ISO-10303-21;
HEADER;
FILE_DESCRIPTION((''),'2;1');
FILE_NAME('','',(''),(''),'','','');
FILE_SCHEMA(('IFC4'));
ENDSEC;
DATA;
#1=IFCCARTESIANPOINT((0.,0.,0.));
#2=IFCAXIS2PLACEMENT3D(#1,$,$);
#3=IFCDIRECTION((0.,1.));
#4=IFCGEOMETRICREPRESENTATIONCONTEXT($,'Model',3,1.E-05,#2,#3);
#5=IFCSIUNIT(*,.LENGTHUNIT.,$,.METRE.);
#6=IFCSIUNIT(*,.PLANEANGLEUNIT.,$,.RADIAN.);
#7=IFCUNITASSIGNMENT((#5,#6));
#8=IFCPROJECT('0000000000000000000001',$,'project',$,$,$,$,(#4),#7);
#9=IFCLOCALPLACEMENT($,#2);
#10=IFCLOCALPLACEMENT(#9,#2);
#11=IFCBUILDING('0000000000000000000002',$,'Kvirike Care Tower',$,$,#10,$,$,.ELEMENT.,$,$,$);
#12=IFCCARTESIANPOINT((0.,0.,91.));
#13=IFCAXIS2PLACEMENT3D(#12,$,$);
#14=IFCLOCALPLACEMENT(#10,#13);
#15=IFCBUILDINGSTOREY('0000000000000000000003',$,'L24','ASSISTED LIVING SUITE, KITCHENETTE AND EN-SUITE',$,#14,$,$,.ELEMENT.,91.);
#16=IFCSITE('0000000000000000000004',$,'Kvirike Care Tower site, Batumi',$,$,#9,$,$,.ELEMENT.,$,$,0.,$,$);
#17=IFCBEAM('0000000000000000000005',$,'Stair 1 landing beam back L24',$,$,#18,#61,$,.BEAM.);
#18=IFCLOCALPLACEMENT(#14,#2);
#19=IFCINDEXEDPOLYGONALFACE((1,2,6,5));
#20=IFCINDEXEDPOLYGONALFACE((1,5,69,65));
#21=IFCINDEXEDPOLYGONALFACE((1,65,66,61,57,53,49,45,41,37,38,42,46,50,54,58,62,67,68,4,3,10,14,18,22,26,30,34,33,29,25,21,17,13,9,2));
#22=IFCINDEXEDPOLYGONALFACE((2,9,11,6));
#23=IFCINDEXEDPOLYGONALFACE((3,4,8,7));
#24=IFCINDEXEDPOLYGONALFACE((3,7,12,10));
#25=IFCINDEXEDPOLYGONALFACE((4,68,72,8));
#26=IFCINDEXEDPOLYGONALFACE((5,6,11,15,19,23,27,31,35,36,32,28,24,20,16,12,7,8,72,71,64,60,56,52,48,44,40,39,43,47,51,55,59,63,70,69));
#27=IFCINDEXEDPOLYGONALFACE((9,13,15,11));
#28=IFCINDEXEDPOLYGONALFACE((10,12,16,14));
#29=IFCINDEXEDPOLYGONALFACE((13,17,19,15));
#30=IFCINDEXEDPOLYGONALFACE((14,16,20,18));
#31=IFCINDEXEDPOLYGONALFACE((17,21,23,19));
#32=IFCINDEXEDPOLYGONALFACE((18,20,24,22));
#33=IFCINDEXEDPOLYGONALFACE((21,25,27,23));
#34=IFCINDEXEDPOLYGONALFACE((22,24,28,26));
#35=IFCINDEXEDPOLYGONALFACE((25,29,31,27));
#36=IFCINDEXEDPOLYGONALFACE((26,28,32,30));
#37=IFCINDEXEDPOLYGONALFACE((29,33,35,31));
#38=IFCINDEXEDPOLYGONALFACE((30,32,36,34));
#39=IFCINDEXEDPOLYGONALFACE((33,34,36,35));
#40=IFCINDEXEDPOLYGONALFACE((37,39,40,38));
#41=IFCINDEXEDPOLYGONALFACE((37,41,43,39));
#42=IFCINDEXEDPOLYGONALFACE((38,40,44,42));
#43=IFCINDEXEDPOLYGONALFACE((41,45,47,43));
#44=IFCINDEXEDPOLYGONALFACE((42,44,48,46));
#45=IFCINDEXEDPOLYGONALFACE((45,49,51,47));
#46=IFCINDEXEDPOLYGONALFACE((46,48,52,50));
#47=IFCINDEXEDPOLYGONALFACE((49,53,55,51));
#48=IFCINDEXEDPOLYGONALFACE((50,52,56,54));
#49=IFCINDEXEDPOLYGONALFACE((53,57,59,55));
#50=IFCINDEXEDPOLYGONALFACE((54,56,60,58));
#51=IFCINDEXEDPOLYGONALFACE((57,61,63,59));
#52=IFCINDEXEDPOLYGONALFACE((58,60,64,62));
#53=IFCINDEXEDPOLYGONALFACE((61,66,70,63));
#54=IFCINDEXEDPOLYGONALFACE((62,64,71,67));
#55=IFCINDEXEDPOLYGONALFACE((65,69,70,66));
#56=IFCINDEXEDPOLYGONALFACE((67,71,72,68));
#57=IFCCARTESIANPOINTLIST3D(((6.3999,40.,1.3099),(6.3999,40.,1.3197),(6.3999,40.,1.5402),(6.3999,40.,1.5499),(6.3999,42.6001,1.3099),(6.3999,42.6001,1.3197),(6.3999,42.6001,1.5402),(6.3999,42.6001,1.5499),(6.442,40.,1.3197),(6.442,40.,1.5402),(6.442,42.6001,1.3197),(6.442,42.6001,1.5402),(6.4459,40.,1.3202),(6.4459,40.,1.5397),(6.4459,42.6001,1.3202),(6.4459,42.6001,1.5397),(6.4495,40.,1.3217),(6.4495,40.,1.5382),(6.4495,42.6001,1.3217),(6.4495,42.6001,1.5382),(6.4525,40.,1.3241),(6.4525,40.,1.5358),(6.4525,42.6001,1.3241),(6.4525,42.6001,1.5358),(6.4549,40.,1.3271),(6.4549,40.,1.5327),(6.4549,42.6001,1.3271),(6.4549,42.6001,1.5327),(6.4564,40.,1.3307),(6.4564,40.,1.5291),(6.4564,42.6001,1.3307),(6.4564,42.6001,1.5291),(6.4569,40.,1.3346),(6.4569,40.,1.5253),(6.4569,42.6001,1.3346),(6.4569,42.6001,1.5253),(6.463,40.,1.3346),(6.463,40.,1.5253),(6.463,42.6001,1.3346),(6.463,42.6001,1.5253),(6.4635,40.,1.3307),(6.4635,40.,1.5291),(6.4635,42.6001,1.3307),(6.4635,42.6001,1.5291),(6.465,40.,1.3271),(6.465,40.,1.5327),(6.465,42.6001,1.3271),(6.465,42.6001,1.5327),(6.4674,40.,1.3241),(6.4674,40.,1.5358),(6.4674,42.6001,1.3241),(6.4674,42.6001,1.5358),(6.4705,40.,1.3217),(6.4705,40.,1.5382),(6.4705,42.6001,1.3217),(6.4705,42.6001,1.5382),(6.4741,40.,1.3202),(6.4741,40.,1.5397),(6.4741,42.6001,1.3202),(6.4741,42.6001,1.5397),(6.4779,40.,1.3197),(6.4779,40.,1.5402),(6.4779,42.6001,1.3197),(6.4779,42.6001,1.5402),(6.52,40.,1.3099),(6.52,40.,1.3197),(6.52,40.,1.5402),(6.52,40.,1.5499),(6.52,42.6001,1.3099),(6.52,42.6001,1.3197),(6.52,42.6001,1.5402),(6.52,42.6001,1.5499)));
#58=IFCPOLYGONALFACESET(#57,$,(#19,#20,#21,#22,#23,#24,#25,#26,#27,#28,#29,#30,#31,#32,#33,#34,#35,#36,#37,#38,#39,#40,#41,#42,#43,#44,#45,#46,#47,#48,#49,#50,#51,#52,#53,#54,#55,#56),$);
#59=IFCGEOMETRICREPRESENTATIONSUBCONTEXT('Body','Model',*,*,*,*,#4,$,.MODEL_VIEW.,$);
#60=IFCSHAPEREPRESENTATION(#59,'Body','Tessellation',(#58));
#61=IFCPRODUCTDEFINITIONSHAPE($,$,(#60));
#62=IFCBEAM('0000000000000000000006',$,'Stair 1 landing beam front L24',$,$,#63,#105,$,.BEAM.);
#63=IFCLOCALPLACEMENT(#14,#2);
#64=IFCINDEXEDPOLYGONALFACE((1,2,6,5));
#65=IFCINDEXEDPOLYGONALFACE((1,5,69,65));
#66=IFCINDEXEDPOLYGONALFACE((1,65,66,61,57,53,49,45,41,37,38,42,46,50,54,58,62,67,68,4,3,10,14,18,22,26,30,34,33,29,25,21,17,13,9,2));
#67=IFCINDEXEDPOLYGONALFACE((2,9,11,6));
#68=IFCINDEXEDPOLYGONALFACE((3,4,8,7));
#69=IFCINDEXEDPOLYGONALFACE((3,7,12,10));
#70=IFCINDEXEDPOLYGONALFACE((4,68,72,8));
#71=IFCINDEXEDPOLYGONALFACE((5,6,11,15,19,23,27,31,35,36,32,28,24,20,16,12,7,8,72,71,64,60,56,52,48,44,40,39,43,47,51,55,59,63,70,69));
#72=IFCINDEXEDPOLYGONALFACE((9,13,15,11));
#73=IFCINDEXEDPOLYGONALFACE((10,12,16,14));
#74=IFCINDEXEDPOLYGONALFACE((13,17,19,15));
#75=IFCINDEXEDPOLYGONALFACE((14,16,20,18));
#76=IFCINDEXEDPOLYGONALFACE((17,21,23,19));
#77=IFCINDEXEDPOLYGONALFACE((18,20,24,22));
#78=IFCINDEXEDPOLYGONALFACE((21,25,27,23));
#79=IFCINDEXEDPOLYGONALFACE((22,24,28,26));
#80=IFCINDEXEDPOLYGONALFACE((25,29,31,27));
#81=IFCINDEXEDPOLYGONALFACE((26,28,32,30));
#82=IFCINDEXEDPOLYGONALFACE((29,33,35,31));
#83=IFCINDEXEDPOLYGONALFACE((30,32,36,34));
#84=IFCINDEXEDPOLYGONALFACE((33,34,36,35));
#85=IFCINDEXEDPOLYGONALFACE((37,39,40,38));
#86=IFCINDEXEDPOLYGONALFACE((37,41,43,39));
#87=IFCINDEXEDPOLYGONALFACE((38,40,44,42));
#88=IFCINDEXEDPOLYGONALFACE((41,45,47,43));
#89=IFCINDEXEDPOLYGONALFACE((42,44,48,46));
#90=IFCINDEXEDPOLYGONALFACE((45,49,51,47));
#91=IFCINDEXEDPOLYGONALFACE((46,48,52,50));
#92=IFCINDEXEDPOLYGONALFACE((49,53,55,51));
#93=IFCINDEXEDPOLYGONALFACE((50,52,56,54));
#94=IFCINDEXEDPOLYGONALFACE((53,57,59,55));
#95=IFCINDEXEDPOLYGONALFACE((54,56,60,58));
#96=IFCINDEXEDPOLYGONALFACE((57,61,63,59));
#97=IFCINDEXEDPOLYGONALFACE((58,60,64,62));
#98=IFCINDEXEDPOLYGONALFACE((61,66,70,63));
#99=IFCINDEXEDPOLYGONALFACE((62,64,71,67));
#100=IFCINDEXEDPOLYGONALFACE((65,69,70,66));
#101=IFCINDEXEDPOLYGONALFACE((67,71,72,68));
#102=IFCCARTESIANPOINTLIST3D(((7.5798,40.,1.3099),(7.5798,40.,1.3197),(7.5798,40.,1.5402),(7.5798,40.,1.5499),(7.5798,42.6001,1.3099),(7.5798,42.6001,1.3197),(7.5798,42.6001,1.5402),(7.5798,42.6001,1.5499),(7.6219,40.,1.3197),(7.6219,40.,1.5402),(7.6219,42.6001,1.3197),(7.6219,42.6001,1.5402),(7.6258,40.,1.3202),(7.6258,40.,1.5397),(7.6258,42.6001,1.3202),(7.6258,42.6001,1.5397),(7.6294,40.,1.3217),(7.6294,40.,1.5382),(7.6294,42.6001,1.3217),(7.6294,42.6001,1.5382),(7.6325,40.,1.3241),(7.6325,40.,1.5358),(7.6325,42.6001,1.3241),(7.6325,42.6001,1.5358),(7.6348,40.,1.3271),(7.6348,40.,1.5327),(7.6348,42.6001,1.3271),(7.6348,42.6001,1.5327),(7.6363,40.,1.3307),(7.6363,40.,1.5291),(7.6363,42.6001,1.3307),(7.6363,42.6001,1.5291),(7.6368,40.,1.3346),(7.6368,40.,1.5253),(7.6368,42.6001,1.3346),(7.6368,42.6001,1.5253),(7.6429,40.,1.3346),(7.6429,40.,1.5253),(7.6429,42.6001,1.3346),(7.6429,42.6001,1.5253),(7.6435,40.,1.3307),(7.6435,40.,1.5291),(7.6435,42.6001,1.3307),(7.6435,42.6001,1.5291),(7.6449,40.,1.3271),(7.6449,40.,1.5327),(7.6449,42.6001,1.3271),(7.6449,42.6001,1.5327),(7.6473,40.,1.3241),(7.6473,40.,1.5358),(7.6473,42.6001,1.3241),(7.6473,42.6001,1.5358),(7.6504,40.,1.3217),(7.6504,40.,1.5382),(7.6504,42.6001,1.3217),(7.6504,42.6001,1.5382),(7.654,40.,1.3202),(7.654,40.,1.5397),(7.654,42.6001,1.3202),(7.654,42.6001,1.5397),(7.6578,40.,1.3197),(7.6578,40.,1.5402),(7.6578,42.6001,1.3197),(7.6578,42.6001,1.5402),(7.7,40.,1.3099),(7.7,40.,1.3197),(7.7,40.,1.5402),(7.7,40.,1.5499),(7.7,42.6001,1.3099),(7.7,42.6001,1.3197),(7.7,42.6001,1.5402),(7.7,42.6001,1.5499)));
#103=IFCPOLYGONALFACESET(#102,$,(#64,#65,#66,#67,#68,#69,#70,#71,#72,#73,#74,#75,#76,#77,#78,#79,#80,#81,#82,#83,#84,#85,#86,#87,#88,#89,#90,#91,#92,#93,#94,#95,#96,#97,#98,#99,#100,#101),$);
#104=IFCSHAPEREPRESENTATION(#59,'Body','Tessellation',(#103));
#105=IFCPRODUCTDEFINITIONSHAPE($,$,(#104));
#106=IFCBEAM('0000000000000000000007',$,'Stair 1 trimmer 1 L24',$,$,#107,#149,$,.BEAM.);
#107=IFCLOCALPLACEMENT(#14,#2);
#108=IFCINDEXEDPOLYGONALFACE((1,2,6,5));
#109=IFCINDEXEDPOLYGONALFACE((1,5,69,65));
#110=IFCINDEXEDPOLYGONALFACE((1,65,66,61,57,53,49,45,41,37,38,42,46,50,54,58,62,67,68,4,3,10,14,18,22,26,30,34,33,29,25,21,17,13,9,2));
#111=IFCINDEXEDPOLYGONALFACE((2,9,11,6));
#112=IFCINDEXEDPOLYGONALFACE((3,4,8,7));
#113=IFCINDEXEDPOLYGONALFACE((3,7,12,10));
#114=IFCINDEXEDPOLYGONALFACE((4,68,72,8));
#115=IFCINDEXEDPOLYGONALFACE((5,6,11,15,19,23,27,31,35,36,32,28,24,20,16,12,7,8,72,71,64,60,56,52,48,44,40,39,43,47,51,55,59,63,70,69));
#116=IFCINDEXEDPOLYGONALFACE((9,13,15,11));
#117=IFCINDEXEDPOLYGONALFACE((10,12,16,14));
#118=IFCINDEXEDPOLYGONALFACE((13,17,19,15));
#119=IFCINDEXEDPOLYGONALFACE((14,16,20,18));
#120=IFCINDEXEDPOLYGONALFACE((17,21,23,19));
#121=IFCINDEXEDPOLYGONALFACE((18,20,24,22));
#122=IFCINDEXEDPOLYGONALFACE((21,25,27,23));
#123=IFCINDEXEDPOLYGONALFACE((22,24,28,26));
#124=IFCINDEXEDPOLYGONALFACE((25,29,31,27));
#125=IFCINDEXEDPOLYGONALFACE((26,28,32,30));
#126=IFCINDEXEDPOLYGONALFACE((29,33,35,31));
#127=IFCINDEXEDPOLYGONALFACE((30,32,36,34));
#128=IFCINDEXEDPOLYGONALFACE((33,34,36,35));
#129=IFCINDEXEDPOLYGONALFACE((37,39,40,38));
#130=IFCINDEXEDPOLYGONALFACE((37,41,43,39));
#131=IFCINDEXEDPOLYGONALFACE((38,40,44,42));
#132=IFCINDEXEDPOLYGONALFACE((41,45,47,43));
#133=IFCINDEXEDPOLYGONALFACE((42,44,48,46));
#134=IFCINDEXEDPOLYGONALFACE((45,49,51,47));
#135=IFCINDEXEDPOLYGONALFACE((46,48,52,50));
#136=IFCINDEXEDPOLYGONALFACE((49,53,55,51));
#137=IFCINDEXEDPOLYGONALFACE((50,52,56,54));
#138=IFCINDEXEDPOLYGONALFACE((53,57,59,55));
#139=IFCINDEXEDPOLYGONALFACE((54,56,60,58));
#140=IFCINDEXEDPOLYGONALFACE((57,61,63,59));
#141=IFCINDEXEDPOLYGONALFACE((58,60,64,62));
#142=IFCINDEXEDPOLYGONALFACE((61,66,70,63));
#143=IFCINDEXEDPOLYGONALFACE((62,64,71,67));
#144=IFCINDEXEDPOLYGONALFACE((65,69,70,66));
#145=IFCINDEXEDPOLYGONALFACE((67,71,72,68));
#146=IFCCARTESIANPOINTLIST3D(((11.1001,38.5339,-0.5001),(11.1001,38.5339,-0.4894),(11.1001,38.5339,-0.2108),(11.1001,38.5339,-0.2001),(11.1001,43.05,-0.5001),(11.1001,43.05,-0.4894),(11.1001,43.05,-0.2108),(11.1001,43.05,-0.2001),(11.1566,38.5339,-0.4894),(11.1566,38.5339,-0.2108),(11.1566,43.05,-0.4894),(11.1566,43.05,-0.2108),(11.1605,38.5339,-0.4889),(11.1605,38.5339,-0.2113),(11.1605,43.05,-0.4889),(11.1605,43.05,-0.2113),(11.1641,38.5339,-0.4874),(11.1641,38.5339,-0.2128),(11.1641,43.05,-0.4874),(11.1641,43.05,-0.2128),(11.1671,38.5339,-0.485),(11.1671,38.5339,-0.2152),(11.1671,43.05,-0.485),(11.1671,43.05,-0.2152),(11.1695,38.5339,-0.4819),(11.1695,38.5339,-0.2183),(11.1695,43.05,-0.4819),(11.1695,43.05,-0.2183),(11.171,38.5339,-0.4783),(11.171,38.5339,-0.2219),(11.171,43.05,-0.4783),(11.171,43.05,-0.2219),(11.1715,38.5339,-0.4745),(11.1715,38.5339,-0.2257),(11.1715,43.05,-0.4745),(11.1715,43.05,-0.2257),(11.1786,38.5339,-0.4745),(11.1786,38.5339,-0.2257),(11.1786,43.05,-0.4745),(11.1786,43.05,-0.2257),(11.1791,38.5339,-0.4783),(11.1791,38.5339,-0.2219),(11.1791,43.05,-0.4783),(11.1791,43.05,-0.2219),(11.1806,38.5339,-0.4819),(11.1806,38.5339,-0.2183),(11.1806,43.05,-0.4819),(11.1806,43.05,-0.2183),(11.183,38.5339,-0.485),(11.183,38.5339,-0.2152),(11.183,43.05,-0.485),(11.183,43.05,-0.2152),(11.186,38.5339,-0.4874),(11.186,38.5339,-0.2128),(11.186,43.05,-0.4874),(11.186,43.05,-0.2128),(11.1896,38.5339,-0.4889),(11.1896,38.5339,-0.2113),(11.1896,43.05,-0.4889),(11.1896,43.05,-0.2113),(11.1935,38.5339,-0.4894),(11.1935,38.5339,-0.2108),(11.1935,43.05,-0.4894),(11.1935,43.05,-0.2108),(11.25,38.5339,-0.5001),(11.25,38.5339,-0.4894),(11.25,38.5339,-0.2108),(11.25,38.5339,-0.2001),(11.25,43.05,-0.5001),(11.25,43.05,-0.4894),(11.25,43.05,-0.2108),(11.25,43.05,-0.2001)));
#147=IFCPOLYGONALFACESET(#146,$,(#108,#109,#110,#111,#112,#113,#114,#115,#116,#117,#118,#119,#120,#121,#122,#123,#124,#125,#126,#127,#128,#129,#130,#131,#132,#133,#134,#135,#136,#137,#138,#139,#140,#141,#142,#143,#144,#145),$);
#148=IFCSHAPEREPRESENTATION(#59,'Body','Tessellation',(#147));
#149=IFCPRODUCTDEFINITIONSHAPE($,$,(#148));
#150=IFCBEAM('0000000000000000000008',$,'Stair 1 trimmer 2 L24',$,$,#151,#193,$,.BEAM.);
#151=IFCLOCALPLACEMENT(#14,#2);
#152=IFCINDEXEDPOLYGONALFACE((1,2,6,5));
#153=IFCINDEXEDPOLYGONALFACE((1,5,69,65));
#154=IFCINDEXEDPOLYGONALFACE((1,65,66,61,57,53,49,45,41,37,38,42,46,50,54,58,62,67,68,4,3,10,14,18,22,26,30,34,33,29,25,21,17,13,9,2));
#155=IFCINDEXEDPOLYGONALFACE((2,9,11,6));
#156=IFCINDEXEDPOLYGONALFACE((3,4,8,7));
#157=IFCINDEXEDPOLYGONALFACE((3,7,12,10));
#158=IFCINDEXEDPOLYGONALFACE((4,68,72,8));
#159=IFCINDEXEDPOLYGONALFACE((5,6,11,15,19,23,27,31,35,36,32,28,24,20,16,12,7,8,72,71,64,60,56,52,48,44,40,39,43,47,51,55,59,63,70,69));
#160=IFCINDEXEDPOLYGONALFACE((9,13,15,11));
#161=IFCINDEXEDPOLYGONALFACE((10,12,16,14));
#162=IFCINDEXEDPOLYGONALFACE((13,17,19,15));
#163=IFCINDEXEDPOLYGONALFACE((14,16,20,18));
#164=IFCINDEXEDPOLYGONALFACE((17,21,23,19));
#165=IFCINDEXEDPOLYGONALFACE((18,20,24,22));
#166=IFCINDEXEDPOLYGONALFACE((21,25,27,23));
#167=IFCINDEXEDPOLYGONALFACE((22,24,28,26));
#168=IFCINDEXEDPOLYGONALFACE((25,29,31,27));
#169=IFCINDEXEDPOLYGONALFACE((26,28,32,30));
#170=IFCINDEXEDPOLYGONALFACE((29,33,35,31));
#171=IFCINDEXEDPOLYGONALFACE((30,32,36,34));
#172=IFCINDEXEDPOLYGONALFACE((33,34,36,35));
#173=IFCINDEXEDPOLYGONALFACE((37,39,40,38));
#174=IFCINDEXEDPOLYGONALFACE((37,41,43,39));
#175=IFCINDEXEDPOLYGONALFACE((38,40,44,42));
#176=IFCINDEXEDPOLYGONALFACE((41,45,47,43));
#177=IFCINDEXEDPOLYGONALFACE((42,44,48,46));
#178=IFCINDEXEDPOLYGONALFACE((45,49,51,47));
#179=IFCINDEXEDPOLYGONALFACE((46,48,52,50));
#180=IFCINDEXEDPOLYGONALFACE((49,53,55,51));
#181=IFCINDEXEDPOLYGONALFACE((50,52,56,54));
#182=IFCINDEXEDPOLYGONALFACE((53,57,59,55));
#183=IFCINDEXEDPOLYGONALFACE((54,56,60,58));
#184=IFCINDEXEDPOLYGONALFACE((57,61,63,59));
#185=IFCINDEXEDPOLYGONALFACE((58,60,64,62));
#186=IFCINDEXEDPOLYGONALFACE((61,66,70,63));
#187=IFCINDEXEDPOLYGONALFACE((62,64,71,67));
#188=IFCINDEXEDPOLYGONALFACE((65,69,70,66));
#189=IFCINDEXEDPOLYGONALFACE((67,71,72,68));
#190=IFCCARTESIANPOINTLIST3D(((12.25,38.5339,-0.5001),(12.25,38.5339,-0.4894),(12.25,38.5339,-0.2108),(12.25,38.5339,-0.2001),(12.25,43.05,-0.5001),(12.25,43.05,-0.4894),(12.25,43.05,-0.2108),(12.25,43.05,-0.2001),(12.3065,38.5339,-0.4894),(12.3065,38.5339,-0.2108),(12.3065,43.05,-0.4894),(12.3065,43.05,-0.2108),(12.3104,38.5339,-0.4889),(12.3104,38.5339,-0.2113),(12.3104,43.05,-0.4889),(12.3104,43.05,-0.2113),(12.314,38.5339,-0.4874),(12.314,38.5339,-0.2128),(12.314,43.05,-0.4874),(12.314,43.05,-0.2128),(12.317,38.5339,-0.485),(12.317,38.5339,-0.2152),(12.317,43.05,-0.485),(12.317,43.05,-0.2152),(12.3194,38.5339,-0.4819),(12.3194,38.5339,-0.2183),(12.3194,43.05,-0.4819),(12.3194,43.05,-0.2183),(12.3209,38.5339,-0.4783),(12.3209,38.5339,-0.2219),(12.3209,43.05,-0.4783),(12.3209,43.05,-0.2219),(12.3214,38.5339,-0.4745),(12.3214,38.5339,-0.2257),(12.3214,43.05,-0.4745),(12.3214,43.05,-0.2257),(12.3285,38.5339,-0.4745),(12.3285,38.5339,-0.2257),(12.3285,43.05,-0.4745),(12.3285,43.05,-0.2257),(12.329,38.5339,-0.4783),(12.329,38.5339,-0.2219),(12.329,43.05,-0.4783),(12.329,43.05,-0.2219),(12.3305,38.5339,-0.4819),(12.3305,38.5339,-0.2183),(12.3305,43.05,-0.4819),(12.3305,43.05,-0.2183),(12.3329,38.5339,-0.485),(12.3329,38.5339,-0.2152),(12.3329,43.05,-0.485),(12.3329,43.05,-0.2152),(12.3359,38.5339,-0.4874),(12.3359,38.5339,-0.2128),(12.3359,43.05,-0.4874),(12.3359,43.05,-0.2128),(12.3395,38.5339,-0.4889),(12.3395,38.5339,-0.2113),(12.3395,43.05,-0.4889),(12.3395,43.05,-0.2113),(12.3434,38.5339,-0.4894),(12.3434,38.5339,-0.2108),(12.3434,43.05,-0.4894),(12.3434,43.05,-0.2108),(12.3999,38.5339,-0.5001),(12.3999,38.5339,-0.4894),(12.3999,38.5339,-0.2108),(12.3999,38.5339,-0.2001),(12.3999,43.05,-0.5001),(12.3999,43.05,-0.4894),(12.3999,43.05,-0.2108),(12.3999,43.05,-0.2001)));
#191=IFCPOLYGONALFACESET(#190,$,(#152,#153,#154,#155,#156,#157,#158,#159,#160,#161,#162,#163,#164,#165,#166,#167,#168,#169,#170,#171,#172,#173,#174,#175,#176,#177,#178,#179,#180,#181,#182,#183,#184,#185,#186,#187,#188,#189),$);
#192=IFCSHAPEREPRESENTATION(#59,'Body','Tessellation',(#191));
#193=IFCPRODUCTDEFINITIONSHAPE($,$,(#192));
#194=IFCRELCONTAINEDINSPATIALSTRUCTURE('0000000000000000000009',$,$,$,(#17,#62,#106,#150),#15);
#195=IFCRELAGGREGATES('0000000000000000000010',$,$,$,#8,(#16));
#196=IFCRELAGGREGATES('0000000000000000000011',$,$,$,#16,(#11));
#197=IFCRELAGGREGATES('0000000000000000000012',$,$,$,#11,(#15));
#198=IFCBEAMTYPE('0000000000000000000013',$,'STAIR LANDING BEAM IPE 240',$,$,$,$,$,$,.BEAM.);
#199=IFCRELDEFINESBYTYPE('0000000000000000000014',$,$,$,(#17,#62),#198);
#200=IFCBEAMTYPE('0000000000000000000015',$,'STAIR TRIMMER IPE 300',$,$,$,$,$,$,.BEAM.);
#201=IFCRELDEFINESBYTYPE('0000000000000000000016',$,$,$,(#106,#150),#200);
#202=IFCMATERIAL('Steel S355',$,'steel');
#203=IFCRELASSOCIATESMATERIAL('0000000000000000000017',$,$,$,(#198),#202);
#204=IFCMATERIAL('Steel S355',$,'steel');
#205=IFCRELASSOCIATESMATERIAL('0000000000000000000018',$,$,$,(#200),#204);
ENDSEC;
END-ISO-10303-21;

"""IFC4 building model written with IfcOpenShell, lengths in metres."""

from ifc_helpers import new_model, si_unit, direction, frame, origin, origin_2d, place, context, subcontext, project, spatial, i_section, extrude, material, material_profile, profile_set, type_object, element, save


model = new_model("IFC4")

# Units and contexts
model_context = context("Model", 3, precision=1e-05, world=origin(), true_north=direction((0.0, 1.0)))
body_context = subcontext(model_context, "Body", "Model", "MODEL_VIEW")
ifc_project = project(units=[si_unit("LENGTHUNIT", "METRE"), si_unit("PLANEANGLEUNIT", "RADIAN")], contexts=[model_context])

# Site, building, storey
site_placement = place(None, origin())
site = spatial("IfcSite", under=ifc_project, at=site_placement, Name="Kvirike Care Tower site, Batumi", CompositionType="ELEMENT", RefElevation=0.0)
building_placement = place(site_placement, origin())
building = spatial("IfcBuilding", under=site, at=building_placement, Name="Kvirike Care Tower", CompositionType="ELEMENT")
storey_placement = place(building_placement, frame((0.0, 0.0, 91.0)))
storey = spatial("IfcBuildingStorey", under=building, at=storey_placement, Name="L24", Description="ASSISTED LIVING SUITE, KITCHENETTE AND EN-SUITE", CompositionType="ELEMENT", Elevation=91.0)

# Beams
ifc_material_1 = material(Name="Steel S355", Category="steel")
ifc_material_profile_1 = material_profile(ifc_material_1, i_section(OverallWidth=0.1201, OverallDepth=0.24, WebThickness=0.0061, FlangeThickness=0.0098, FilletRadius=0.0149, at=origin_2d()), Name="IPE 240")
ifc_profile_set_1 = profile_set([ifc_material_profile_1], Name="Steel S355")
beam_type_1 = type_object("IfcBeamType", Name="STAIR LANDING BEAM IPE 240", PredefinedType="BEAM", material=ifc_profile_set_1)
for number, where, z_axis, x_axis, name in (
    (1, (6.46, 42.6001, 1.4299), (0.0, -1.0, 0.0), (1.0, 0.0, 0.0), "Stair 1 landing beam back L24"),
    (2, (7.6399, 42.6001, 1.4299), (0.0, -1.0, 0.0), (1.0, 0.0, 0.0), "Stair 1 landing beam front L24"),
):
    element("IfcBeam", number, at=place(storey_placement, frame(where, z_axis=z_axis, x_axis=x_axis)), inside=storey, type_object=beam_type_1, Name=name, PredefinedType="BEAM", context=body_context, shape_type="SweptSolid", body=[
        extrude(i_section(OverallWidth=0.1201, OverallDepth=0.24, WebThickness=0.0061, FlangeThickness=0.0098, FilletRadius=0.0149, at=origin_2d()), origin(), (0.0, 0.0, 1.0), 2.6001),
    ])
ifc_material_2 = material(Name="Steel S355", Category="steel")
ifc_material_profile_2 = material_profile(ifc_material_2, i_section(OverallWidth=0.1499, OverallDepth=0.3, WebThickness=0.0071, FlangeThickness=0.0107, FilletRadius=0.0149, at=origin_2d()), Name="IPE 300")
ifc_profile_set_2 = profile_set([ifc_material_profile_2], Name="Steel S355")
beam_type_2 = type_object("IfcBeamType", Name="STAIR TRIMMER IPE 300", PredefinedType="BEAM", material=ifc_profile_set_2)
for number, where, z_axis, x_axis, name in (
    (3, (11.175, 43.05, -0.3501), (0.0, -1.0, 0.0), (1.0, 0.0, 0.0), "Stair 1 trimmer 1 L24"),
    (4, (12.325, 43.05, -0.3501), (0.0, -1.0, 0.0), (1.0, 0.0, 0.0), "Stair 1 trimmer 2 L24"),
):
    element("IfcBeam", number, at=place(storey_placement, frame(where, z_axis=z_axis, x_axis=x_axis)), inside=storey, type_object=beam_type_2, Name=name, PredefinedType="BEAM", context=body_context, shape_type="SweptSolid", body=[
        extrude(i_section(OverallWidth=0.1499, OverallDepth=0.3, WebThickness=0.0071, FlangeThickness=0.0107, FilletRadius=0.0149, at=origin_2d()), origin(), (0.0, 0.0, 1.0), 4.5161),
    ])

save(model, "model.ifc")
